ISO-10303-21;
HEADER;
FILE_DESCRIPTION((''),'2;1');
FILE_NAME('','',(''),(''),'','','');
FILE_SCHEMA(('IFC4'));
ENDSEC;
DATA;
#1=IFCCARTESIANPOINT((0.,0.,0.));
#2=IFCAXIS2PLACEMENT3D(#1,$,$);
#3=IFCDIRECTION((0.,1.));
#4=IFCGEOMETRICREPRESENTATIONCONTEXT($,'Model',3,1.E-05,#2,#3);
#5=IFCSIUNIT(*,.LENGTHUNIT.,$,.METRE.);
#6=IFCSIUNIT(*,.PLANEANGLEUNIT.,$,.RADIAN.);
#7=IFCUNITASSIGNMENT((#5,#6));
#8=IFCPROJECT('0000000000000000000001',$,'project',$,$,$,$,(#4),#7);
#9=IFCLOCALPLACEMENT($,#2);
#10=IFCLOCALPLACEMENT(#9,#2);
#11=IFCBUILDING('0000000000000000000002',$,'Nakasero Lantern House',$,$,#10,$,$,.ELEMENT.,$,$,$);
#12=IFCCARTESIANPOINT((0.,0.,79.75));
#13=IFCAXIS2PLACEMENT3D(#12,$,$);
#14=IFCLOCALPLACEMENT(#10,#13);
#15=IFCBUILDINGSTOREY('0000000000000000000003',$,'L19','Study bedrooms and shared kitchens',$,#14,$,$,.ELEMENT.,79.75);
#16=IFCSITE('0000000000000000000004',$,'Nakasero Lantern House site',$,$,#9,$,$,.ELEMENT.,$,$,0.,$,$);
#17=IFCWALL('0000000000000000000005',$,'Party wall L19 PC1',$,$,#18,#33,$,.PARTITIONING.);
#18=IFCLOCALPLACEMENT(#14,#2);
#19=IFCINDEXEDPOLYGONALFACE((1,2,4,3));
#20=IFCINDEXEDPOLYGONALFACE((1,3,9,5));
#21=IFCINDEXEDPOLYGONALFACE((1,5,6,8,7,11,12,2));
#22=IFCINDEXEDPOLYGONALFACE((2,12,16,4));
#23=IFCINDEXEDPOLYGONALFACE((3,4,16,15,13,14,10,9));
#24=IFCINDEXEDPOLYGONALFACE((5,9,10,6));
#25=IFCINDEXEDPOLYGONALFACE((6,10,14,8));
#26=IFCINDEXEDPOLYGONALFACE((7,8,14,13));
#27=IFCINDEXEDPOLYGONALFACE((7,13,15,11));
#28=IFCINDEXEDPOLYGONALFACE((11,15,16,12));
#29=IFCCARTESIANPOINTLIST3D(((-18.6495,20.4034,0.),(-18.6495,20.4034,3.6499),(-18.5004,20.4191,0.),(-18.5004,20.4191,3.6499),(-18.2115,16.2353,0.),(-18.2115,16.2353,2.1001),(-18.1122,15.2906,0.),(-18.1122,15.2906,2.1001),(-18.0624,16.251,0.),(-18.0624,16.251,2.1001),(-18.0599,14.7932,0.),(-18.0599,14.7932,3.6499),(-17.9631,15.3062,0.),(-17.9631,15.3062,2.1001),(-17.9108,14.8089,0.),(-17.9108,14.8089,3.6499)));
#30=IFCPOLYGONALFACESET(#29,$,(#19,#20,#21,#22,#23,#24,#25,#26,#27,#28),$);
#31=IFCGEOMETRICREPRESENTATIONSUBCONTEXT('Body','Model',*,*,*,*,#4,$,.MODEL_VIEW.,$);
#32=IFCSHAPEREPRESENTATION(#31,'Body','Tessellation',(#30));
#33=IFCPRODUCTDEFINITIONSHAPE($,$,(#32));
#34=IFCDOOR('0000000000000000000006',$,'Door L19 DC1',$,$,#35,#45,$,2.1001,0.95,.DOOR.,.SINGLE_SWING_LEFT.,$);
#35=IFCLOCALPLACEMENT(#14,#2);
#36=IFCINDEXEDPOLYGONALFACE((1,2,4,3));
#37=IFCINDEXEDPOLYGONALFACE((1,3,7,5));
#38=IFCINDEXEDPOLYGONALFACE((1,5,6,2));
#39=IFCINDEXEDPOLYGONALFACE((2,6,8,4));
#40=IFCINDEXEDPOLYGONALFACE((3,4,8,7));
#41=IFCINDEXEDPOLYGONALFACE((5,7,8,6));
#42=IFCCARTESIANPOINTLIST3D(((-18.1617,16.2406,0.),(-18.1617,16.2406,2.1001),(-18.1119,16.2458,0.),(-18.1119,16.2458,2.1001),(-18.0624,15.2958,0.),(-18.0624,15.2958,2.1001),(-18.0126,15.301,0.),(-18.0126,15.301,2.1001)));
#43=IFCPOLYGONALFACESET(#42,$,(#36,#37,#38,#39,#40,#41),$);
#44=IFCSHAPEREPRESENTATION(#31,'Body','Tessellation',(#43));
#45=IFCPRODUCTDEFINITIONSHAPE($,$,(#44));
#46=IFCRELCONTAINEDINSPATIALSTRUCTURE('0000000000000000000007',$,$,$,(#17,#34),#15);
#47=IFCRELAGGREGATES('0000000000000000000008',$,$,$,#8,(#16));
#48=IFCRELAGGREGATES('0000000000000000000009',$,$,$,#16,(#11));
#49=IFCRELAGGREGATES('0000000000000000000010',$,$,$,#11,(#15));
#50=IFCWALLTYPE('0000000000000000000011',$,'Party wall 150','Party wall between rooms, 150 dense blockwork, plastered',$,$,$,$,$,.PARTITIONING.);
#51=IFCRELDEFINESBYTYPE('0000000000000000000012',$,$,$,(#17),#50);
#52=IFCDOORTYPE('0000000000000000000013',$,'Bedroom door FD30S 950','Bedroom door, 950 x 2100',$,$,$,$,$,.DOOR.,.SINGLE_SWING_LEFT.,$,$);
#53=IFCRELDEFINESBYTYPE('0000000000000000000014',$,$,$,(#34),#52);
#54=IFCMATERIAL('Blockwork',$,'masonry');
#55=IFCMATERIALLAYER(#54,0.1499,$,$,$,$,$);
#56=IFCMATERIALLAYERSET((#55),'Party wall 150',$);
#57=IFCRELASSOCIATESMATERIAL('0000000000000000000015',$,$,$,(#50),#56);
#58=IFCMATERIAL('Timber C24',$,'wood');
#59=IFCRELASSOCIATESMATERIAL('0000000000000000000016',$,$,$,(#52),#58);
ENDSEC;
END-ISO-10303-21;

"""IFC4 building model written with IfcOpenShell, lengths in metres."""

from ifc_helpers import new_model, si_unit, direction, frame, frame_2d, origin, place, context, subcontext, project, spatial, rectangle, extrude, material, layer, layer_set, type_object, element, fill, save


model = new_model("IFC4")

# Units and contexts
model_context = context("Model", 3, precision=1e-05, world=origin(), true_north=direction((0.0, 1.0)))
body_context = subcontext(model_context, "Body", "Model", "MODEL_VIEW")
ifc_project = project(units=[si_unit("LENGTHUNIT", "METRE"), si_unit("PLANEANGLEUNIT", "RADIAN")], contexts=[model_context])

# Site, building, storey
site_placement = place(None, origin())
site = spatial("IfcSite", under=ifc_project, at=site_placement, Name="Nakasero Lantern House site", CompositionType="ELEMENT", RefElevation=0.0)
building_placement = place(site_placement, origin())
building = spatial("IfcBuilding", under=site, at=building_placement, Name="Nakasero Lantern House", CompositionType="ELEMENT")
storey_placement = place(building_placement, frame((0.0, 0.0, 79.75)))
storey = spatial("IfcBuildingStorey", under=building, at=storey_placement, Name="L19", Description="Study bedrooms and shared kitchens", CompositionType="ELEMENT", Elevation=79.75)

# Shared definitions
ifc_material_1 = material(Name="Blockwork", Category="masonry")
ifc_layer_1 = layer(ifc_material_1, 0.1499)
ifc_layer_set_1 = layer_set([ifc_layer_1], Name="Party wall 150")
wall_type_1 = type_object("IfcWallType", Name="Party wall 150", Description="Party wall between rooms, 150 dense blockwork, plastered", PredefinedType="PARTITIONING", material=ifc_layer_set_1)

# Wall, opening, door
wall_1_placement = place(storey_placement, frame((-17.9854, 14.801, 0.0), z_axis=(0.0, 0.0, 1.0), x_axis=(-0.10452, 0.994523, 0.0)))
wall_1 = element("IfcWall", 1, at=wall_1_placement, inside=storey, type_object=wall_type_1, Name="Party wall L19 PC1", PredefinedType="PARTITIONING", context=body_context, shape_type="SweptSolid", body=[
    extrude(rectangle(XDim=5.6411, YDim=0.1499, at=frame_2d((2.8206, 0.0))), origin(), (0.0, 0.0, 1.0), 3.6499),
])
opening_1_placement = place(wall_1_placement, frame((0.5, 0.0, 0.0)))
opening_1 = element("IfcOpeningElement", 2, at=opening_1_placement, cuts=wall_1, PredefinedType="OPENING", context=body_context, shape_type="SweptSolid", body=[
    extrude(rectangle(XDim=0.95, YDim=2.1001, at=frame_2d((0.4751, 1.05))), frame((0.0, 0.095, 0.0), z_axis=(0.0, -1.0, 0.0), x_axis=(1.0, 0.0, 0.0)), (0.0, 0.0, 1.0), 0.1899),
])
ifc_material_2 = material(Name="Timber C24", Category="wood")
door_type_1 = type_object("IfcDoorType", Name="Bedroom door FD30S 950", Description="Bedroom door, 950 x 2100", OperationType="SINGLE_SWING_LEFT", PredefinedType="DOOR", material=ifc_material_2)
door_1_placement = place(opening_1_placement, origin())
door_1 = element("IfcDoor", 3, at=door_1_placement, inside=storey, type_object=door_type_1, Name="Door L19 DC1", OperationType="SINGLE_SWING_LEFT", OverallHeight=2.1001, OverallWidth=0.95, PredefinedType="DOOR", context=body_context, shape_type="SweptSolid", body=[
    extrude(rectangle(XDim=0.95, YDim=2.1001, at=frame_2d((0.4751, 1.05))), frame((0.0, 0.0249, 0.0), z_axis=(0.0, -1.0, 0.0), x_axis=(1.0, 0.0, 0.0)), (0.0, 0.0, 1.0), 0.05),
])
fill(opening_1, door_1)

save(model, "model.ifc")
